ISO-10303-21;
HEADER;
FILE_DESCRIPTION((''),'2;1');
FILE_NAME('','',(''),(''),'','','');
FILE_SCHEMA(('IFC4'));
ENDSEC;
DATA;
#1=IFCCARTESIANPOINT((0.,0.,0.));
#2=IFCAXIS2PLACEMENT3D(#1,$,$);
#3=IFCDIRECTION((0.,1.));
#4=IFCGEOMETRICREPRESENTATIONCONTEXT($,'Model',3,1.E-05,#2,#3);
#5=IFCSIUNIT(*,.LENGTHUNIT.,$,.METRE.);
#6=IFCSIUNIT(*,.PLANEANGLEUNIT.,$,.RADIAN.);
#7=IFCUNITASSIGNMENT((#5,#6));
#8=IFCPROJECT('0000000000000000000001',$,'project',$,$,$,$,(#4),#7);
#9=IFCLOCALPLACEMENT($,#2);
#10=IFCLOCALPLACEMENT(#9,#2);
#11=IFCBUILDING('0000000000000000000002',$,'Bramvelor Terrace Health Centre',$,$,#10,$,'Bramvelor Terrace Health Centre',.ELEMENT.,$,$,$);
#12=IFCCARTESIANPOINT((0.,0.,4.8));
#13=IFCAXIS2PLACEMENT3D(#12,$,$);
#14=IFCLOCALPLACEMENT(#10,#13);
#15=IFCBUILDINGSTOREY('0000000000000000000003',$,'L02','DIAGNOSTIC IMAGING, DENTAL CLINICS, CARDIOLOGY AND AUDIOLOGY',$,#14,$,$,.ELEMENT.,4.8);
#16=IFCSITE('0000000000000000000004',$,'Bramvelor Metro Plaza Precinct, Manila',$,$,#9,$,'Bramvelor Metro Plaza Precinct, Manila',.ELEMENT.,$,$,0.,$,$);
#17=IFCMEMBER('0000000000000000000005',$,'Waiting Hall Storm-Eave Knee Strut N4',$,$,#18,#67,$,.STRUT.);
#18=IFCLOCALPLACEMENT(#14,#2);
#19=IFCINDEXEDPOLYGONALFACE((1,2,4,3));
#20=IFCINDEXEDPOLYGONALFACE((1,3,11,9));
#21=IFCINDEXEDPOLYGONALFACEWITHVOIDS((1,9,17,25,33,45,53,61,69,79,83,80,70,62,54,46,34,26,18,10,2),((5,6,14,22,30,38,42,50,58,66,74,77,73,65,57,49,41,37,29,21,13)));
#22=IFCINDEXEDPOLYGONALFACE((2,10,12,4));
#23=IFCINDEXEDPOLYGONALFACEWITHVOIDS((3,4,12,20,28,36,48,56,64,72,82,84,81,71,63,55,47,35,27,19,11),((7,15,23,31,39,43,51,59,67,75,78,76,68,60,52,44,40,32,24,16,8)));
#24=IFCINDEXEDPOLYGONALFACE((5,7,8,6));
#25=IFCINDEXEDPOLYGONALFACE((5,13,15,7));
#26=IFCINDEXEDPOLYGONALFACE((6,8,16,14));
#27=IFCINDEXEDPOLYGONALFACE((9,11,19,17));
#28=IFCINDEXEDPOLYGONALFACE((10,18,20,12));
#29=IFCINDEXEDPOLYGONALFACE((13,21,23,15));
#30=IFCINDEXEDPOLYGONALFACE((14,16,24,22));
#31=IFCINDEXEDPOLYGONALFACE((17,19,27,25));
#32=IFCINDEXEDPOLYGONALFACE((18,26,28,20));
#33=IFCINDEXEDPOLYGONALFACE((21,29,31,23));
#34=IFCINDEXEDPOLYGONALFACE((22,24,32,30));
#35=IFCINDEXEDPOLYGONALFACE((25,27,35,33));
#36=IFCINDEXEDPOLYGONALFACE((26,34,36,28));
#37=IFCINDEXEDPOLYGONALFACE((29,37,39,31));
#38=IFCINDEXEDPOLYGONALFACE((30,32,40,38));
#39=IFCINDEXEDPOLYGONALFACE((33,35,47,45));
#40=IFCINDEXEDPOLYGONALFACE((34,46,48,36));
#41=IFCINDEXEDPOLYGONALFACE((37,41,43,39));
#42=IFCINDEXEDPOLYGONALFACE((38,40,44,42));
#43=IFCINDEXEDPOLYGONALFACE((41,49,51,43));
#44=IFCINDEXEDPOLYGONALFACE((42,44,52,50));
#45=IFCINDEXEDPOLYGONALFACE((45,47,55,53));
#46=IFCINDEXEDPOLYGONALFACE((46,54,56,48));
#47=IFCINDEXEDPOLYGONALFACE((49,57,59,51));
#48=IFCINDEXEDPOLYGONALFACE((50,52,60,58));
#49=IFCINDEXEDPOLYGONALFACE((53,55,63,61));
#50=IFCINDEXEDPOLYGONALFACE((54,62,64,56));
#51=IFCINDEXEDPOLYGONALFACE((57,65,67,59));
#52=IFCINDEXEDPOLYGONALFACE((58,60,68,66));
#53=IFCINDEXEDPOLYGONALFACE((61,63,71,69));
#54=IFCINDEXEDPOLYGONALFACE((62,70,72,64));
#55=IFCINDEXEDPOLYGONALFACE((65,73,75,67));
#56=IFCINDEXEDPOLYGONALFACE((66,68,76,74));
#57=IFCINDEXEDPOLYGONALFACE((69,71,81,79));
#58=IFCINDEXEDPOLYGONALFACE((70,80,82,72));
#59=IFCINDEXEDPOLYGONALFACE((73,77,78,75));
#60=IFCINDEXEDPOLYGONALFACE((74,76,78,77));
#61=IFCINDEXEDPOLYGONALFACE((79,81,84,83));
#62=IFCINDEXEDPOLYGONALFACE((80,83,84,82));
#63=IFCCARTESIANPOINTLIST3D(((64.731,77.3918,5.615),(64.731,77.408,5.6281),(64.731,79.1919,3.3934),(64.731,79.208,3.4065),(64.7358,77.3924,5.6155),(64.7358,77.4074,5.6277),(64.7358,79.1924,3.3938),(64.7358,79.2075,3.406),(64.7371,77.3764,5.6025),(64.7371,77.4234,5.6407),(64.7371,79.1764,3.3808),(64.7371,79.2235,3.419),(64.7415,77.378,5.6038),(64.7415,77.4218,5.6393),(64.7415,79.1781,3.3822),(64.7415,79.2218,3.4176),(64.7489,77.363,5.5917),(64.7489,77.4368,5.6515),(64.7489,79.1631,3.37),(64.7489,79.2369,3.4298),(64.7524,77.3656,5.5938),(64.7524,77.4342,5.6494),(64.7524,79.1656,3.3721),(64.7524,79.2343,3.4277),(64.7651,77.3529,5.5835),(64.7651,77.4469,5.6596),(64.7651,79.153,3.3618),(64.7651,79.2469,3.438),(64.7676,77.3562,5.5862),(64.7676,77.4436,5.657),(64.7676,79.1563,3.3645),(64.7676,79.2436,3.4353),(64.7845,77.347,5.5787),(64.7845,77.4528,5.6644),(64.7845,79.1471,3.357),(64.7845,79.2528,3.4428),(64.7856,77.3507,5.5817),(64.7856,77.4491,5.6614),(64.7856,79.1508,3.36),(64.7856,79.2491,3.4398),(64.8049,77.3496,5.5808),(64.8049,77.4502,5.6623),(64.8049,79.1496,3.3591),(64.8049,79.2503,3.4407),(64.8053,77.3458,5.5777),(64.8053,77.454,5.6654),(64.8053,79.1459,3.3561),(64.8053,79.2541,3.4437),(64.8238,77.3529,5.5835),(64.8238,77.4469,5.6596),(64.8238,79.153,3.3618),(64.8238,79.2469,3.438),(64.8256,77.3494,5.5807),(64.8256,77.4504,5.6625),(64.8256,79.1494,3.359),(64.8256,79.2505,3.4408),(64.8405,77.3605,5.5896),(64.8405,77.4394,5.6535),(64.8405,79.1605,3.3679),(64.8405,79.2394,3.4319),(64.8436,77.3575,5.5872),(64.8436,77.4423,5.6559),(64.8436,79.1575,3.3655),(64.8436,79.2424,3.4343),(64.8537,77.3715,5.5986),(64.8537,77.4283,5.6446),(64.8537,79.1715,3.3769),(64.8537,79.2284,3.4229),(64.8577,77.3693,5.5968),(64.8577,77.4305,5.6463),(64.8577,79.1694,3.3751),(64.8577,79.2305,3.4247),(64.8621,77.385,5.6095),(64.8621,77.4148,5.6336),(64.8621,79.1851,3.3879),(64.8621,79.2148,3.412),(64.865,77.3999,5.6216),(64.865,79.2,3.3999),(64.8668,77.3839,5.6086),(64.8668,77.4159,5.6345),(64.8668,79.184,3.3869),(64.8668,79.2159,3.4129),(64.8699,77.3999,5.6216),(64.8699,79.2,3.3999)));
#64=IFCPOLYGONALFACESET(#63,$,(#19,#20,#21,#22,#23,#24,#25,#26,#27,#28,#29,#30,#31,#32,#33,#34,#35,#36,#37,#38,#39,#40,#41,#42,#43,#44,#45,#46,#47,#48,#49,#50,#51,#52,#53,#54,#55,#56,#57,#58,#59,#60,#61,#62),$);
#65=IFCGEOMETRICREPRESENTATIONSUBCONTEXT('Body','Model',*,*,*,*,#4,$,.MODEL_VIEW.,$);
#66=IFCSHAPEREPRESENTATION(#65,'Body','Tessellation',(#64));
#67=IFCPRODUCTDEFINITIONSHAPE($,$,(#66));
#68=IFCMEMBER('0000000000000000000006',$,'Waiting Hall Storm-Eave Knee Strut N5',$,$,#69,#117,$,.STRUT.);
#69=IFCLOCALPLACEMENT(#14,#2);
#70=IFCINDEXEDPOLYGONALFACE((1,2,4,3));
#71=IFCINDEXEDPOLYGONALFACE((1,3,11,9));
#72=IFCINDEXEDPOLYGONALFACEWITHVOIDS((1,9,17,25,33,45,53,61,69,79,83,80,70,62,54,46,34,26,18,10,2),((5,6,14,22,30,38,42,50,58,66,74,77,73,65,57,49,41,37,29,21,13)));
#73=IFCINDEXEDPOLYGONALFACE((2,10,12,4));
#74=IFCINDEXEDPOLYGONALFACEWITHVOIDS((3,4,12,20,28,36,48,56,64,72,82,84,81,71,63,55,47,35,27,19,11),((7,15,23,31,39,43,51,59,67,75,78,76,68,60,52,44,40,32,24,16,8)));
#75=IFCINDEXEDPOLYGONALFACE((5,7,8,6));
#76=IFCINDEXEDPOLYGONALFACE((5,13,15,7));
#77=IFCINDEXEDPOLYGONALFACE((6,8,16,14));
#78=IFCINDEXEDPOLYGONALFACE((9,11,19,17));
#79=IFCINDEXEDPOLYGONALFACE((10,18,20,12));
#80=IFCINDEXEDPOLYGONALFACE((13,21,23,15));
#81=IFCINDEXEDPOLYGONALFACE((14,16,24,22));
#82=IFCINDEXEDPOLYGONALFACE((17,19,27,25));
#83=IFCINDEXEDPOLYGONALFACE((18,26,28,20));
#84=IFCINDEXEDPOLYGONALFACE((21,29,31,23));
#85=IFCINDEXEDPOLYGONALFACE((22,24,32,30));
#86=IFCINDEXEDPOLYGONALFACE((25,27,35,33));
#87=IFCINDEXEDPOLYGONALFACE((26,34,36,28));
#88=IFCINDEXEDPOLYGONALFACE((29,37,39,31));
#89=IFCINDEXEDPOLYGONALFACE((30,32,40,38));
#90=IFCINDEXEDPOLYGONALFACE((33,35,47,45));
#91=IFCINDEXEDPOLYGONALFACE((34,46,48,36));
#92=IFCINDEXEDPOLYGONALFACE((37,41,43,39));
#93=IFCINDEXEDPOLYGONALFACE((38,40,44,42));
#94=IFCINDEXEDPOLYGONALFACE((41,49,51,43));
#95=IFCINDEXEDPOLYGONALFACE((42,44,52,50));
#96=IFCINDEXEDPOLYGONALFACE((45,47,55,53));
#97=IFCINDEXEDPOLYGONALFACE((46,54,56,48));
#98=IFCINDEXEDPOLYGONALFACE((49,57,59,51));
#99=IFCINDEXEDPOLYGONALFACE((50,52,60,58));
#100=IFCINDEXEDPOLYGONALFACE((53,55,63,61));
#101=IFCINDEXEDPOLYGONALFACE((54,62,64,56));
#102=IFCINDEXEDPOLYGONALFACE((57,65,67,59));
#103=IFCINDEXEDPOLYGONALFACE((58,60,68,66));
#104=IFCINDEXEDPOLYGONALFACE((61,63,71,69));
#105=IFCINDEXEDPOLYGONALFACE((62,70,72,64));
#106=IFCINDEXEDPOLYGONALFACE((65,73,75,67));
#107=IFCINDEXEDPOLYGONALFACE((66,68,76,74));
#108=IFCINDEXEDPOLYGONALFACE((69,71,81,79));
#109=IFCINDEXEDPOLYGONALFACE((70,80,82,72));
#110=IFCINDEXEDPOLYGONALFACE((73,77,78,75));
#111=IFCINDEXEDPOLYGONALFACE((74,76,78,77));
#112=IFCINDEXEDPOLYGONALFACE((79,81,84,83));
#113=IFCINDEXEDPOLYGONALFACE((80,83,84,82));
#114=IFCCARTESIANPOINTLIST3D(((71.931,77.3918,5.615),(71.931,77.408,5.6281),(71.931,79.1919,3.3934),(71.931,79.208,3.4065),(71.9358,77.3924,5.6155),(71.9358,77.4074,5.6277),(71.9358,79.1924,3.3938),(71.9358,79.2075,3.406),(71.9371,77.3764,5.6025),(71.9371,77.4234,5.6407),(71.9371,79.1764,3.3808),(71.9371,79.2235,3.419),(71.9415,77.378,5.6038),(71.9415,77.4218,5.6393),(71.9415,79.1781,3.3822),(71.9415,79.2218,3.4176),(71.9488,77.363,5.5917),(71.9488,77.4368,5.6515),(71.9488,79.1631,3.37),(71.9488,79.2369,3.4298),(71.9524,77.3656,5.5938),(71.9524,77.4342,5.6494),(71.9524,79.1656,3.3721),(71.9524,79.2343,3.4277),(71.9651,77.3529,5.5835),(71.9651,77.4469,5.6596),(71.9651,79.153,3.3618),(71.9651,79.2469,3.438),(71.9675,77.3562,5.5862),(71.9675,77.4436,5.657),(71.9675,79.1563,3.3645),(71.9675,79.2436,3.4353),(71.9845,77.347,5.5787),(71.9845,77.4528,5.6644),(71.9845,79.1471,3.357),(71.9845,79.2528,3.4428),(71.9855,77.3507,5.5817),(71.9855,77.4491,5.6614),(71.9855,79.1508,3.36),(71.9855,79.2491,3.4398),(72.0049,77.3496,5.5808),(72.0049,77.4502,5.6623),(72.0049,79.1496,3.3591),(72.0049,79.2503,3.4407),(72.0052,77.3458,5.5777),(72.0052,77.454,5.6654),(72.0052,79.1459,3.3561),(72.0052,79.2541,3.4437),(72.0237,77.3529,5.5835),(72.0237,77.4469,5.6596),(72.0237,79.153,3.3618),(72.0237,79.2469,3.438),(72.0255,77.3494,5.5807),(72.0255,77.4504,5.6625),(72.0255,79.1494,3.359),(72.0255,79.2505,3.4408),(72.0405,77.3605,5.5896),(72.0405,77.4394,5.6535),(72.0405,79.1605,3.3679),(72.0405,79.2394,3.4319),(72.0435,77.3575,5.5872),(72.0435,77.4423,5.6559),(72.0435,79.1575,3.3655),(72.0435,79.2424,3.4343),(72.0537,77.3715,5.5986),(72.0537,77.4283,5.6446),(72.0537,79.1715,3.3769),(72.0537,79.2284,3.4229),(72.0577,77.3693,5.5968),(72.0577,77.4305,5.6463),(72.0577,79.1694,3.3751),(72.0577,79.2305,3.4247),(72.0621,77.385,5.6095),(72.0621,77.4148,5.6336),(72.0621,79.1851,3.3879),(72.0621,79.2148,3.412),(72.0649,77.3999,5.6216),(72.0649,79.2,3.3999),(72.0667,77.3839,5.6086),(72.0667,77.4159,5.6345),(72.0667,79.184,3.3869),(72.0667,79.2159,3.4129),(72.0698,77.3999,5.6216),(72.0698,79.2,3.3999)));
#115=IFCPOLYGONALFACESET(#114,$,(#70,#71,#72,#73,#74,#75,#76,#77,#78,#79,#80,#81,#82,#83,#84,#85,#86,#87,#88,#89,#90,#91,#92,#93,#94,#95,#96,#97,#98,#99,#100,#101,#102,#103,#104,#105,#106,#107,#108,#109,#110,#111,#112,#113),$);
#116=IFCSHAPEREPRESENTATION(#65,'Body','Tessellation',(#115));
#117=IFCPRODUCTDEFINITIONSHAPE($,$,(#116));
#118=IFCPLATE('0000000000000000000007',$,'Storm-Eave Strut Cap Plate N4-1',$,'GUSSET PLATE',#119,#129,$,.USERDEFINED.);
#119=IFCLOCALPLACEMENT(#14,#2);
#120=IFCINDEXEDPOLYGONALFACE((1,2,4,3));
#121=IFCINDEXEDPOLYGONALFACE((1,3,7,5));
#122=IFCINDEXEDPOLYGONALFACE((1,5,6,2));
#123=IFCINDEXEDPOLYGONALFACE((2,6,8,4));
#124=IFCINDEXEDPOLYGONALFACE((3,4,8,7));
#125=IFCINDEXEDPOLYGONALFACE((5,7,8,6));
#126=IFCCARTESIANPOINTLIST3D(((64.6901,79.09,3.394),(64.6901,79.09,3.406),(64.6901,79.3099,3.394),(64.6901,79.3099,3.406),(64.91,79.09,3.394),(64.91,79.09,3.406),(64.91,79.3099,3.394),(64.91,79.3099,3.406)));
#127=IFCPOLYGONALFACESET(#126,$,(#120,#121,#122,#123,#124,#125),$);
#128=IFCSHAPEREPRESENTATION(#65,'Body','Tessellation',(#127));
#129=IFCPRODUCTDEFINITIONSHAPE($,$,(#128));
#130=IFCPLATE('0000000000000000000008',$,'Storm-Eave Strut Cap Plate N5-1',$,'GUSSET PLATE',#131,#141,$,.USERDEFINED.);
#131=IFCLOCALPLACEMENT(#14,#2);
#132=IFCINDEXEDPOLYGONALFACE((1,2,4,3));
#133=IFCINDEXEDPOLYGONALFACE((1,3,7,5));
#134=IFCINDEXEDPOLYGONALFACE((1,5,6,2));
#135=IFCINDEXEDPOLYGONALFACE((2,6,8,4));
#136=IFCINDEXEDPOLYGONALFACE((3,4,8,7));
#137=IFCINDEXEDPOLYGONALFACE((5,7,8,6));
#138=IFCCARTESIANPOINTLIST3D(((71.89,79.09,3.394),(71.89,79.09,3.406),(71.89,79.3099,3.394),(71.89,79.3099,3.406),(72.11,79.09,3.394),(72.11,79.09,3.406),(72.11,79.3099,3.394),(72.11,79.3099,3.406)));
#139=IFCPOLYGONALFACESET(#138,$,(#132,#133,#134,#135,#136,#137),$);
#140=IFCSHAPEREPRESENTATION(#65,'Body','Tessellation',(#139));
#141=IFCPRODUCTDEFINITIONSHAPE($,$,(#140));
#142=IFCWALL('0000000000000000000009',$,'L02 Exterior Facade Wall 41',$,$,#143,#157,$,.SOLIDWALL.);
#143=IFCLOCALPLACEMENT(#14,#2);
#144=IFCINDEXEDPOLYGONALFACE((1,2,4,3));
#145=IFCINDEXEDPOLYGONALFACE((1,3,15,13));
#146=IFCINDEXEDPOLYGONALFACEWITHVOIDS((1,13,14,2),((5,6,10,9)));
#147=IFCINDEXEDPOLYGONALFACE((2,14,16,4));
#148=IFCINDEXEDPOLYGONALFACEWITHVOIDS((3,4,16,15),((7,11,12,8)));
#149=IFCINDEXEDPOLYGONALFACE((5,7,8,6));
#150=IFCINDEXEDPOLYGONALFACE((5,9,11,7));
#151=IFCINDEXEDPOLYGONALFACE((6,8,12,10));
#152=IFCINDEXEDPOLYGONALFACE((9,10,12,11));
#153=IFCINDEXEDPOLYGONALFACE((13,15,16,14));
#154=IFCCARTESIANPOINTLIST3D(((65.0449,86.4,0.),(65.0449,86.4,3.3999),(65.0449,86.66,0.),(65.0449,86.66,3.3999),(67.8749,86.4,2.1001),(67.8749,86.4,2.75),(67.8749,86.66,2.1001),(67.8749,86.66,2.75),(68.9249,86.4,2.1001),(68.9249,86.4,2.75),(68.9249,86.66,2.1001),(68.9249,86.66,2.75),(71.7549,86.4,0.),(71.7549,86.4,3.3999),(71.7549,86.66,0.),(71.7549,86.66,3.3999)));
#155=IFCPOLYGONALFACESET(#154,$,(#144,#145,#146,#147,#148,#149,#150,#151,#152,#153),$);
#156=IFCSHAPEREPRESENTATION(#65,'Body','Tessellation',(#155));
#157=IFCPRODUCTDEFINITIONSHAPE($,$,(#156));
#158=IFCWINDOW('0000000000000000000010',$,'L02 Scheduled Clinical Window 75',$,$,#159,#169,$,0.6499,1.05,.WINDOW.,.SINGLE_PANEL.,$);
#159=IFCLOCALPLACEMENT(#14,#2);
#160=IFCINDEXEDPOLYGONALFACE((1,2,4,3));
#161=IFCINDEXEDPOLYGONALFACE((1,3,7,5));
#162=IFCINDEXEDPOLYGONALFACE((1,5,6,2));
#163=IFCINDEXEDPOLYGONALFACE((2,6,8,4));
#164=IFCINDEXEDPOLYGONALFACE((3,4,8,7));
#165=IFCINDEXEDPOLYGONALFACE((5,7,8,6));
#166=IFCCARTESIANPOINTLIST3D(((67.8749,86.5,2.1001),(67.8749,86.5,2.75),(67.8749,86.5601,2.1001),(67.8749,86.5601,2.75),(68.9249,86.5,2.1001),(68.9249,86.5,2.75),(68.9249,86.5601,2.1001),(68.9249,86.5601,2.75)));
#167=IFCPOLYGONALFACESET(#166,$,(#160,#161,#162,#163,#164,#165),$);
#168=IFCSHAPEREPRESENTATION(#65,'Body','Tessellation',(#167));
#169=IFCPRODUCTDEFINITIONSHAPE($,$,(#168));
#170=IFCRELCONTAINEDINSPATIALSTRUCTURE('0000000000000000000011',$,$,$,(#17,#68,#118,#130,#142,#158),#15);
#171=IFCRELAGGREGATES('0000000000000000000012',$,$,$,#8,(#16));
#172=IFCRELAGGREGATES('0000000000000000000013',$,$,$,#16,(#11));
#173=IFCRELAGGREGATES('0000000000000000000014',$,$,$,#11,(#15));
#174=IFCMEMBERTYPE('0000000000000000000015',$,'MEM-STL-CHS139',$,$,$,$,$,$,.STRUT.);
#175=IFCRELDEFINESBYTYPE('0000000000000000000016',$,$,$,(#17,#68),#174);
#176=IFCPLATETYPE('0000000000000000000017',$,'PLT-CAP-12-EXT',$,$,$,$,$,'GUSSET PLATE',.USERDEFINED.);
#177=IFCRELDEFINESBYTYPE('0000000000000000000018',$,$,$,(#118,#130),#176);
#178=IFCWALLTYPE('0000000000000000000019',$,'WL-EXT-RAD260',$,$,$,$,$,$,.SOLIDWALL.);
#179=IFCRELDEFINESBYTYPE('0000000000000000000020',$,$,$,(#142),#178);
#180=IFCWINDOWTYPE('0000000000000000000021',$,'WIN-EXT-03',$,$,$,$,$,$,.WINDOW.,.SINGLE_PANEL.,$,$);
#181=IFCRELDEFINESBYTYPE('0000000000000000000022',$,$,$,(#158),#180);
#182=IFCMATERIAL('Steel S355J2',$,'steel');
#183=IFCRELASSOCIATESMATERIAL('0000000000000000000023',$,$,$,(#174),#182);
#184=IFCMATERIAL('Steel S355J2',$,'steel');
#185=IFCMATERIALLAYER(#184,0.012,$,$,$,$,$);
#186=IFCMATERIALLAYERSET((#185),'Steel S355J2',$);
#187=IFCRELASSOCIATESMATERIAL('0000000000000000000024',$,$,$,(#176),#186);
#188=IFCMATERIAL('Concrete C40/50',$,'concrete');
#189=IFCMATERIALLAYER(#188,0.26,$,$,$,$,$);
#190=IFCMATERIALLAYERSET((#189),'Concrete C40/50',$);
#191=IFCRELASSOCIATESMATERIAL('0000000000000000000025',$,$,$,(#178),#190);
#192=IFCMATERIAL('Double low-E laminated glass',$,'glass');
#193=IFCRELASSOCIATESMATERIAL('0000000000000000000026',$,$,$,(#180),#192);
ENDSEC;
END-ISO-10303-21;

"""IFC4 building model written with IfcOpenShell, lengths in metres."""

from ifc_helpers import new_model, si_unit, direction, frame, frame_2d, origin, origin_2d, place, context, subcontext, project, spatial, rectangle, hollow_circle, extrude, material, layer, layer_set, material_profile, profile_set, type_object, element, fill, save


model = new_model("IFC4")

# Units and contexts
model_context = context("Model", 3, precision=1e-05, world=origin(), true_north=direction((0.0, 1.0)))
body_context = subcontext(model_context, "Body", "Model", "MODEL_VIEW")
ifc_project = project(units=[si_unit("LENGTHUNIT", "METRE"), si_unit("PLANEANGLEUNIT", "RADIAN")], contexts=[model_context])

# Site, building, storey
site_placement = place(None, origin())
site = spatial("IfcSite", under=ifc_project, at=site_placement, Name="Bramvelor Metro Plaza Precinct, Manila", LongName="Bramvelor Metro Plaza Precinct, Manila", CompositionType="ELEMENT", RefElevation=0.0)
building_placement = place(site_placement, origin())
building = spatial("IfcBuilding", under=site, at=building_placement, Name="Bramvelor Terrace Health Centre", LongName="Bramvelor Terrace Health Centre", CompositionType="ELEMENT")
storey_placement = place(building_placement, frame((0.0, 0.0, 4.8)))
storey = spatial("IfcBuildingStorey", under=building, at=storey_placement, Name="L02", Description="DIAGNOSTIC IMAGING, DENTAL CLINICS, CARDIOLOGY AND AUDIOLOGY", CompositionType="ELEMENT", Elevation=4.8)

# Members
ifc_material_1 = material(Name="Steel S355J2", Category="steel")
ifc_material_profile_1 = material_profile(ifc_material_1, hollow_circle(Radius=0.0698, WallThickness=0.0049, at=origin_2d()), Name="CHS 139.7x5.0")
ifc_profile_set_1 = profile_set([ifc_material_profile_1], Name="Steel S355J2")
member_type = type_object("IfcMemberType", Name="MEM-STL-CHS139", PredefinedType="STRUT", material=ifc_profile_set_1)
for number, where, z_axis, x_axis, name in (
    (1, (64.8, 79.2, 3.3999), (0.0, -0.629525, 0.77698), (1.0, 0.0, 0.0), "Waiting Hall Storm-Eave Knee Strut N4"),
    (2, (72.0, 79.2, 3.3999), (0.0, -0.629525, 0.77698), (1.0, 0.0, 0.0), "Waiting Hall Storm-Eave Knee Strut N5"),
):
    element("IfcMember", number, at=place(storey_placement, frame(where, z_axis=z_axis, x_axis=x_axis)), inside=storey, type_object=member_type, Name=name, PredefinedType="STRUT", context=body_context, shape_type="SweptSolid", body=[
        extrude(hollow_circle(Radius=0.0698, WallThickness=0.0049, at=origin_2d()), origin(), (0.0, 0.0, 1.0), 2.8594),
    ])

# Plates
ifc_material_2 = material(Name="Steel S355J2", Category="steel")
ifc_layer_1 = layer(ifc_material_2, 0.012)
ifc_layer_set_1 = layer_set([ifc_layer_1], Name="Steel S355J2")
plate_type = type_object("IfcPlateType", Name="PLT-CAP-12-EXT", ElementType="GUSSET PLATE", PredefinedType="USERDEFINED", material=ifc_layer_set_1)
for number, where, z_axis, x_axis, name in (
    (3, (64.8, 79.2, 3.394), (0.0, 0.0, 1.0), (1.0, 0.0, 0.0), "Storm-Eave Strut Cap Plate N4-1"),
    (4, (72.0, 79.2, 3.394), (0.0, 0.0, 1.0), (1.0, 0.0, 0.0), "Storm-Eave Strut Cap Plate N5-1"),
):
    element("IfcPlate", number, at=place(storey_placement, frame(where, z_axis=z_axis, x_axis=x_axis)), inside=storey, type_object=plate_type, Name=name, ObjectType="GUSSET PLATE", PredefinedType="USERDEFINED", context=body_context, shape_type="SweptSolid", body=[
        extrude(rectangle(XDim=0.22, YDim=0.22, at=origin_2d()), origin(), (0.0, 0.0, 1.0), 0.012),
    ])

# Wall, opening, window
ifc_material_3 = material(Name="Concrete C40/50", Category="concrete")
ifc_layer_2 = layer(ifc_material_3, 0.26)
ifc_layer_set_2 = layer_set([ifc_layer_2], Name="Concrete C40/50")
wall_type_1 = type_object("IfcWallType", Name="WL-EXT-RAD260", PredefinedType="SOLIDWALL", material=ifc_layer_set_2)
wall_1_placement = place(storey_placement, frame((71.7549, 86.53, 0.0), z_axis=(0.0, 0.0, 1.0), x_axis=(-1.0, 0.0, 0.0)))
wall_1 = element("IfcWall", 5, at=wall_1_placement, inside=storey, type_object=wall_type_1, Name="L02 Exterior Facade Wall 41", PredefinedType="SOLIDWALL", context=body_context, shape_type="SweptSolid", body=[
    extrude(rectangle(XDim=6.71, YDim=0.26, at=frame_2d((3.355, 0.0))), origin(), (0.0, 0.0, 1.0), 3.3999),
])
opening_1_placement = place(wall_1_placement, frame((2.8301, 0.0, 2.1001)))
opening_1 = element("IfcOpeningElement", 6, at=opening_1_placement, cuts=wall_1, PredefinedType="OPENING", context=body_context, shape_type="SweptSolid", body=[
    extrude(rectangle(XDim=1.05, YDim=0.6499, at=frame_2d((0.5249, 0.325))), frame((0.0, 0.1399, 0.0), z_axis=(0.0, -1.0, 0.0), x_axis=(1.0, 0.0, 0.0)), (0.0, 0.0, 1.0), 0.28),
])
ifc_material_4 = material(Name="Double low-E laminated glass", Category="glass")
window_type_1 = type_object("IfcWindowType", Name="WIN-EXT-03", PartitioningType="SINGLE_PANEL", PredefinedType="WINDOW", material=ifc_material_4)
window_1_placement = place(opening_1_placement, origin())
window_1 = element("IfcWindow", 7, at=window_1_placement, inside=storey, type_object=window_type_1, Name="L02 Scheduled Clinical Window 75", OverallHeight=0.6499, OverallWidth=1.05, PartitioningType="SINGLE_PANEL", PredefinedType="WINDOW", context=body_context, shape_type="SweptSolid", body=[
    extrude(rectangle(XDim=1.05, YDim=0.6499, at=frame_2d((0.5249, 0.325))), frame((0.0, 0.03, 0.0), z_axis=(0.0, -1.0, 0.0), x_axis=(1.0, 0.0, 0.0)), (0.0, 0.0, 1.0), 0.0601),
])
fill(opening_1, window_1)

save(model, "model.ifc")
